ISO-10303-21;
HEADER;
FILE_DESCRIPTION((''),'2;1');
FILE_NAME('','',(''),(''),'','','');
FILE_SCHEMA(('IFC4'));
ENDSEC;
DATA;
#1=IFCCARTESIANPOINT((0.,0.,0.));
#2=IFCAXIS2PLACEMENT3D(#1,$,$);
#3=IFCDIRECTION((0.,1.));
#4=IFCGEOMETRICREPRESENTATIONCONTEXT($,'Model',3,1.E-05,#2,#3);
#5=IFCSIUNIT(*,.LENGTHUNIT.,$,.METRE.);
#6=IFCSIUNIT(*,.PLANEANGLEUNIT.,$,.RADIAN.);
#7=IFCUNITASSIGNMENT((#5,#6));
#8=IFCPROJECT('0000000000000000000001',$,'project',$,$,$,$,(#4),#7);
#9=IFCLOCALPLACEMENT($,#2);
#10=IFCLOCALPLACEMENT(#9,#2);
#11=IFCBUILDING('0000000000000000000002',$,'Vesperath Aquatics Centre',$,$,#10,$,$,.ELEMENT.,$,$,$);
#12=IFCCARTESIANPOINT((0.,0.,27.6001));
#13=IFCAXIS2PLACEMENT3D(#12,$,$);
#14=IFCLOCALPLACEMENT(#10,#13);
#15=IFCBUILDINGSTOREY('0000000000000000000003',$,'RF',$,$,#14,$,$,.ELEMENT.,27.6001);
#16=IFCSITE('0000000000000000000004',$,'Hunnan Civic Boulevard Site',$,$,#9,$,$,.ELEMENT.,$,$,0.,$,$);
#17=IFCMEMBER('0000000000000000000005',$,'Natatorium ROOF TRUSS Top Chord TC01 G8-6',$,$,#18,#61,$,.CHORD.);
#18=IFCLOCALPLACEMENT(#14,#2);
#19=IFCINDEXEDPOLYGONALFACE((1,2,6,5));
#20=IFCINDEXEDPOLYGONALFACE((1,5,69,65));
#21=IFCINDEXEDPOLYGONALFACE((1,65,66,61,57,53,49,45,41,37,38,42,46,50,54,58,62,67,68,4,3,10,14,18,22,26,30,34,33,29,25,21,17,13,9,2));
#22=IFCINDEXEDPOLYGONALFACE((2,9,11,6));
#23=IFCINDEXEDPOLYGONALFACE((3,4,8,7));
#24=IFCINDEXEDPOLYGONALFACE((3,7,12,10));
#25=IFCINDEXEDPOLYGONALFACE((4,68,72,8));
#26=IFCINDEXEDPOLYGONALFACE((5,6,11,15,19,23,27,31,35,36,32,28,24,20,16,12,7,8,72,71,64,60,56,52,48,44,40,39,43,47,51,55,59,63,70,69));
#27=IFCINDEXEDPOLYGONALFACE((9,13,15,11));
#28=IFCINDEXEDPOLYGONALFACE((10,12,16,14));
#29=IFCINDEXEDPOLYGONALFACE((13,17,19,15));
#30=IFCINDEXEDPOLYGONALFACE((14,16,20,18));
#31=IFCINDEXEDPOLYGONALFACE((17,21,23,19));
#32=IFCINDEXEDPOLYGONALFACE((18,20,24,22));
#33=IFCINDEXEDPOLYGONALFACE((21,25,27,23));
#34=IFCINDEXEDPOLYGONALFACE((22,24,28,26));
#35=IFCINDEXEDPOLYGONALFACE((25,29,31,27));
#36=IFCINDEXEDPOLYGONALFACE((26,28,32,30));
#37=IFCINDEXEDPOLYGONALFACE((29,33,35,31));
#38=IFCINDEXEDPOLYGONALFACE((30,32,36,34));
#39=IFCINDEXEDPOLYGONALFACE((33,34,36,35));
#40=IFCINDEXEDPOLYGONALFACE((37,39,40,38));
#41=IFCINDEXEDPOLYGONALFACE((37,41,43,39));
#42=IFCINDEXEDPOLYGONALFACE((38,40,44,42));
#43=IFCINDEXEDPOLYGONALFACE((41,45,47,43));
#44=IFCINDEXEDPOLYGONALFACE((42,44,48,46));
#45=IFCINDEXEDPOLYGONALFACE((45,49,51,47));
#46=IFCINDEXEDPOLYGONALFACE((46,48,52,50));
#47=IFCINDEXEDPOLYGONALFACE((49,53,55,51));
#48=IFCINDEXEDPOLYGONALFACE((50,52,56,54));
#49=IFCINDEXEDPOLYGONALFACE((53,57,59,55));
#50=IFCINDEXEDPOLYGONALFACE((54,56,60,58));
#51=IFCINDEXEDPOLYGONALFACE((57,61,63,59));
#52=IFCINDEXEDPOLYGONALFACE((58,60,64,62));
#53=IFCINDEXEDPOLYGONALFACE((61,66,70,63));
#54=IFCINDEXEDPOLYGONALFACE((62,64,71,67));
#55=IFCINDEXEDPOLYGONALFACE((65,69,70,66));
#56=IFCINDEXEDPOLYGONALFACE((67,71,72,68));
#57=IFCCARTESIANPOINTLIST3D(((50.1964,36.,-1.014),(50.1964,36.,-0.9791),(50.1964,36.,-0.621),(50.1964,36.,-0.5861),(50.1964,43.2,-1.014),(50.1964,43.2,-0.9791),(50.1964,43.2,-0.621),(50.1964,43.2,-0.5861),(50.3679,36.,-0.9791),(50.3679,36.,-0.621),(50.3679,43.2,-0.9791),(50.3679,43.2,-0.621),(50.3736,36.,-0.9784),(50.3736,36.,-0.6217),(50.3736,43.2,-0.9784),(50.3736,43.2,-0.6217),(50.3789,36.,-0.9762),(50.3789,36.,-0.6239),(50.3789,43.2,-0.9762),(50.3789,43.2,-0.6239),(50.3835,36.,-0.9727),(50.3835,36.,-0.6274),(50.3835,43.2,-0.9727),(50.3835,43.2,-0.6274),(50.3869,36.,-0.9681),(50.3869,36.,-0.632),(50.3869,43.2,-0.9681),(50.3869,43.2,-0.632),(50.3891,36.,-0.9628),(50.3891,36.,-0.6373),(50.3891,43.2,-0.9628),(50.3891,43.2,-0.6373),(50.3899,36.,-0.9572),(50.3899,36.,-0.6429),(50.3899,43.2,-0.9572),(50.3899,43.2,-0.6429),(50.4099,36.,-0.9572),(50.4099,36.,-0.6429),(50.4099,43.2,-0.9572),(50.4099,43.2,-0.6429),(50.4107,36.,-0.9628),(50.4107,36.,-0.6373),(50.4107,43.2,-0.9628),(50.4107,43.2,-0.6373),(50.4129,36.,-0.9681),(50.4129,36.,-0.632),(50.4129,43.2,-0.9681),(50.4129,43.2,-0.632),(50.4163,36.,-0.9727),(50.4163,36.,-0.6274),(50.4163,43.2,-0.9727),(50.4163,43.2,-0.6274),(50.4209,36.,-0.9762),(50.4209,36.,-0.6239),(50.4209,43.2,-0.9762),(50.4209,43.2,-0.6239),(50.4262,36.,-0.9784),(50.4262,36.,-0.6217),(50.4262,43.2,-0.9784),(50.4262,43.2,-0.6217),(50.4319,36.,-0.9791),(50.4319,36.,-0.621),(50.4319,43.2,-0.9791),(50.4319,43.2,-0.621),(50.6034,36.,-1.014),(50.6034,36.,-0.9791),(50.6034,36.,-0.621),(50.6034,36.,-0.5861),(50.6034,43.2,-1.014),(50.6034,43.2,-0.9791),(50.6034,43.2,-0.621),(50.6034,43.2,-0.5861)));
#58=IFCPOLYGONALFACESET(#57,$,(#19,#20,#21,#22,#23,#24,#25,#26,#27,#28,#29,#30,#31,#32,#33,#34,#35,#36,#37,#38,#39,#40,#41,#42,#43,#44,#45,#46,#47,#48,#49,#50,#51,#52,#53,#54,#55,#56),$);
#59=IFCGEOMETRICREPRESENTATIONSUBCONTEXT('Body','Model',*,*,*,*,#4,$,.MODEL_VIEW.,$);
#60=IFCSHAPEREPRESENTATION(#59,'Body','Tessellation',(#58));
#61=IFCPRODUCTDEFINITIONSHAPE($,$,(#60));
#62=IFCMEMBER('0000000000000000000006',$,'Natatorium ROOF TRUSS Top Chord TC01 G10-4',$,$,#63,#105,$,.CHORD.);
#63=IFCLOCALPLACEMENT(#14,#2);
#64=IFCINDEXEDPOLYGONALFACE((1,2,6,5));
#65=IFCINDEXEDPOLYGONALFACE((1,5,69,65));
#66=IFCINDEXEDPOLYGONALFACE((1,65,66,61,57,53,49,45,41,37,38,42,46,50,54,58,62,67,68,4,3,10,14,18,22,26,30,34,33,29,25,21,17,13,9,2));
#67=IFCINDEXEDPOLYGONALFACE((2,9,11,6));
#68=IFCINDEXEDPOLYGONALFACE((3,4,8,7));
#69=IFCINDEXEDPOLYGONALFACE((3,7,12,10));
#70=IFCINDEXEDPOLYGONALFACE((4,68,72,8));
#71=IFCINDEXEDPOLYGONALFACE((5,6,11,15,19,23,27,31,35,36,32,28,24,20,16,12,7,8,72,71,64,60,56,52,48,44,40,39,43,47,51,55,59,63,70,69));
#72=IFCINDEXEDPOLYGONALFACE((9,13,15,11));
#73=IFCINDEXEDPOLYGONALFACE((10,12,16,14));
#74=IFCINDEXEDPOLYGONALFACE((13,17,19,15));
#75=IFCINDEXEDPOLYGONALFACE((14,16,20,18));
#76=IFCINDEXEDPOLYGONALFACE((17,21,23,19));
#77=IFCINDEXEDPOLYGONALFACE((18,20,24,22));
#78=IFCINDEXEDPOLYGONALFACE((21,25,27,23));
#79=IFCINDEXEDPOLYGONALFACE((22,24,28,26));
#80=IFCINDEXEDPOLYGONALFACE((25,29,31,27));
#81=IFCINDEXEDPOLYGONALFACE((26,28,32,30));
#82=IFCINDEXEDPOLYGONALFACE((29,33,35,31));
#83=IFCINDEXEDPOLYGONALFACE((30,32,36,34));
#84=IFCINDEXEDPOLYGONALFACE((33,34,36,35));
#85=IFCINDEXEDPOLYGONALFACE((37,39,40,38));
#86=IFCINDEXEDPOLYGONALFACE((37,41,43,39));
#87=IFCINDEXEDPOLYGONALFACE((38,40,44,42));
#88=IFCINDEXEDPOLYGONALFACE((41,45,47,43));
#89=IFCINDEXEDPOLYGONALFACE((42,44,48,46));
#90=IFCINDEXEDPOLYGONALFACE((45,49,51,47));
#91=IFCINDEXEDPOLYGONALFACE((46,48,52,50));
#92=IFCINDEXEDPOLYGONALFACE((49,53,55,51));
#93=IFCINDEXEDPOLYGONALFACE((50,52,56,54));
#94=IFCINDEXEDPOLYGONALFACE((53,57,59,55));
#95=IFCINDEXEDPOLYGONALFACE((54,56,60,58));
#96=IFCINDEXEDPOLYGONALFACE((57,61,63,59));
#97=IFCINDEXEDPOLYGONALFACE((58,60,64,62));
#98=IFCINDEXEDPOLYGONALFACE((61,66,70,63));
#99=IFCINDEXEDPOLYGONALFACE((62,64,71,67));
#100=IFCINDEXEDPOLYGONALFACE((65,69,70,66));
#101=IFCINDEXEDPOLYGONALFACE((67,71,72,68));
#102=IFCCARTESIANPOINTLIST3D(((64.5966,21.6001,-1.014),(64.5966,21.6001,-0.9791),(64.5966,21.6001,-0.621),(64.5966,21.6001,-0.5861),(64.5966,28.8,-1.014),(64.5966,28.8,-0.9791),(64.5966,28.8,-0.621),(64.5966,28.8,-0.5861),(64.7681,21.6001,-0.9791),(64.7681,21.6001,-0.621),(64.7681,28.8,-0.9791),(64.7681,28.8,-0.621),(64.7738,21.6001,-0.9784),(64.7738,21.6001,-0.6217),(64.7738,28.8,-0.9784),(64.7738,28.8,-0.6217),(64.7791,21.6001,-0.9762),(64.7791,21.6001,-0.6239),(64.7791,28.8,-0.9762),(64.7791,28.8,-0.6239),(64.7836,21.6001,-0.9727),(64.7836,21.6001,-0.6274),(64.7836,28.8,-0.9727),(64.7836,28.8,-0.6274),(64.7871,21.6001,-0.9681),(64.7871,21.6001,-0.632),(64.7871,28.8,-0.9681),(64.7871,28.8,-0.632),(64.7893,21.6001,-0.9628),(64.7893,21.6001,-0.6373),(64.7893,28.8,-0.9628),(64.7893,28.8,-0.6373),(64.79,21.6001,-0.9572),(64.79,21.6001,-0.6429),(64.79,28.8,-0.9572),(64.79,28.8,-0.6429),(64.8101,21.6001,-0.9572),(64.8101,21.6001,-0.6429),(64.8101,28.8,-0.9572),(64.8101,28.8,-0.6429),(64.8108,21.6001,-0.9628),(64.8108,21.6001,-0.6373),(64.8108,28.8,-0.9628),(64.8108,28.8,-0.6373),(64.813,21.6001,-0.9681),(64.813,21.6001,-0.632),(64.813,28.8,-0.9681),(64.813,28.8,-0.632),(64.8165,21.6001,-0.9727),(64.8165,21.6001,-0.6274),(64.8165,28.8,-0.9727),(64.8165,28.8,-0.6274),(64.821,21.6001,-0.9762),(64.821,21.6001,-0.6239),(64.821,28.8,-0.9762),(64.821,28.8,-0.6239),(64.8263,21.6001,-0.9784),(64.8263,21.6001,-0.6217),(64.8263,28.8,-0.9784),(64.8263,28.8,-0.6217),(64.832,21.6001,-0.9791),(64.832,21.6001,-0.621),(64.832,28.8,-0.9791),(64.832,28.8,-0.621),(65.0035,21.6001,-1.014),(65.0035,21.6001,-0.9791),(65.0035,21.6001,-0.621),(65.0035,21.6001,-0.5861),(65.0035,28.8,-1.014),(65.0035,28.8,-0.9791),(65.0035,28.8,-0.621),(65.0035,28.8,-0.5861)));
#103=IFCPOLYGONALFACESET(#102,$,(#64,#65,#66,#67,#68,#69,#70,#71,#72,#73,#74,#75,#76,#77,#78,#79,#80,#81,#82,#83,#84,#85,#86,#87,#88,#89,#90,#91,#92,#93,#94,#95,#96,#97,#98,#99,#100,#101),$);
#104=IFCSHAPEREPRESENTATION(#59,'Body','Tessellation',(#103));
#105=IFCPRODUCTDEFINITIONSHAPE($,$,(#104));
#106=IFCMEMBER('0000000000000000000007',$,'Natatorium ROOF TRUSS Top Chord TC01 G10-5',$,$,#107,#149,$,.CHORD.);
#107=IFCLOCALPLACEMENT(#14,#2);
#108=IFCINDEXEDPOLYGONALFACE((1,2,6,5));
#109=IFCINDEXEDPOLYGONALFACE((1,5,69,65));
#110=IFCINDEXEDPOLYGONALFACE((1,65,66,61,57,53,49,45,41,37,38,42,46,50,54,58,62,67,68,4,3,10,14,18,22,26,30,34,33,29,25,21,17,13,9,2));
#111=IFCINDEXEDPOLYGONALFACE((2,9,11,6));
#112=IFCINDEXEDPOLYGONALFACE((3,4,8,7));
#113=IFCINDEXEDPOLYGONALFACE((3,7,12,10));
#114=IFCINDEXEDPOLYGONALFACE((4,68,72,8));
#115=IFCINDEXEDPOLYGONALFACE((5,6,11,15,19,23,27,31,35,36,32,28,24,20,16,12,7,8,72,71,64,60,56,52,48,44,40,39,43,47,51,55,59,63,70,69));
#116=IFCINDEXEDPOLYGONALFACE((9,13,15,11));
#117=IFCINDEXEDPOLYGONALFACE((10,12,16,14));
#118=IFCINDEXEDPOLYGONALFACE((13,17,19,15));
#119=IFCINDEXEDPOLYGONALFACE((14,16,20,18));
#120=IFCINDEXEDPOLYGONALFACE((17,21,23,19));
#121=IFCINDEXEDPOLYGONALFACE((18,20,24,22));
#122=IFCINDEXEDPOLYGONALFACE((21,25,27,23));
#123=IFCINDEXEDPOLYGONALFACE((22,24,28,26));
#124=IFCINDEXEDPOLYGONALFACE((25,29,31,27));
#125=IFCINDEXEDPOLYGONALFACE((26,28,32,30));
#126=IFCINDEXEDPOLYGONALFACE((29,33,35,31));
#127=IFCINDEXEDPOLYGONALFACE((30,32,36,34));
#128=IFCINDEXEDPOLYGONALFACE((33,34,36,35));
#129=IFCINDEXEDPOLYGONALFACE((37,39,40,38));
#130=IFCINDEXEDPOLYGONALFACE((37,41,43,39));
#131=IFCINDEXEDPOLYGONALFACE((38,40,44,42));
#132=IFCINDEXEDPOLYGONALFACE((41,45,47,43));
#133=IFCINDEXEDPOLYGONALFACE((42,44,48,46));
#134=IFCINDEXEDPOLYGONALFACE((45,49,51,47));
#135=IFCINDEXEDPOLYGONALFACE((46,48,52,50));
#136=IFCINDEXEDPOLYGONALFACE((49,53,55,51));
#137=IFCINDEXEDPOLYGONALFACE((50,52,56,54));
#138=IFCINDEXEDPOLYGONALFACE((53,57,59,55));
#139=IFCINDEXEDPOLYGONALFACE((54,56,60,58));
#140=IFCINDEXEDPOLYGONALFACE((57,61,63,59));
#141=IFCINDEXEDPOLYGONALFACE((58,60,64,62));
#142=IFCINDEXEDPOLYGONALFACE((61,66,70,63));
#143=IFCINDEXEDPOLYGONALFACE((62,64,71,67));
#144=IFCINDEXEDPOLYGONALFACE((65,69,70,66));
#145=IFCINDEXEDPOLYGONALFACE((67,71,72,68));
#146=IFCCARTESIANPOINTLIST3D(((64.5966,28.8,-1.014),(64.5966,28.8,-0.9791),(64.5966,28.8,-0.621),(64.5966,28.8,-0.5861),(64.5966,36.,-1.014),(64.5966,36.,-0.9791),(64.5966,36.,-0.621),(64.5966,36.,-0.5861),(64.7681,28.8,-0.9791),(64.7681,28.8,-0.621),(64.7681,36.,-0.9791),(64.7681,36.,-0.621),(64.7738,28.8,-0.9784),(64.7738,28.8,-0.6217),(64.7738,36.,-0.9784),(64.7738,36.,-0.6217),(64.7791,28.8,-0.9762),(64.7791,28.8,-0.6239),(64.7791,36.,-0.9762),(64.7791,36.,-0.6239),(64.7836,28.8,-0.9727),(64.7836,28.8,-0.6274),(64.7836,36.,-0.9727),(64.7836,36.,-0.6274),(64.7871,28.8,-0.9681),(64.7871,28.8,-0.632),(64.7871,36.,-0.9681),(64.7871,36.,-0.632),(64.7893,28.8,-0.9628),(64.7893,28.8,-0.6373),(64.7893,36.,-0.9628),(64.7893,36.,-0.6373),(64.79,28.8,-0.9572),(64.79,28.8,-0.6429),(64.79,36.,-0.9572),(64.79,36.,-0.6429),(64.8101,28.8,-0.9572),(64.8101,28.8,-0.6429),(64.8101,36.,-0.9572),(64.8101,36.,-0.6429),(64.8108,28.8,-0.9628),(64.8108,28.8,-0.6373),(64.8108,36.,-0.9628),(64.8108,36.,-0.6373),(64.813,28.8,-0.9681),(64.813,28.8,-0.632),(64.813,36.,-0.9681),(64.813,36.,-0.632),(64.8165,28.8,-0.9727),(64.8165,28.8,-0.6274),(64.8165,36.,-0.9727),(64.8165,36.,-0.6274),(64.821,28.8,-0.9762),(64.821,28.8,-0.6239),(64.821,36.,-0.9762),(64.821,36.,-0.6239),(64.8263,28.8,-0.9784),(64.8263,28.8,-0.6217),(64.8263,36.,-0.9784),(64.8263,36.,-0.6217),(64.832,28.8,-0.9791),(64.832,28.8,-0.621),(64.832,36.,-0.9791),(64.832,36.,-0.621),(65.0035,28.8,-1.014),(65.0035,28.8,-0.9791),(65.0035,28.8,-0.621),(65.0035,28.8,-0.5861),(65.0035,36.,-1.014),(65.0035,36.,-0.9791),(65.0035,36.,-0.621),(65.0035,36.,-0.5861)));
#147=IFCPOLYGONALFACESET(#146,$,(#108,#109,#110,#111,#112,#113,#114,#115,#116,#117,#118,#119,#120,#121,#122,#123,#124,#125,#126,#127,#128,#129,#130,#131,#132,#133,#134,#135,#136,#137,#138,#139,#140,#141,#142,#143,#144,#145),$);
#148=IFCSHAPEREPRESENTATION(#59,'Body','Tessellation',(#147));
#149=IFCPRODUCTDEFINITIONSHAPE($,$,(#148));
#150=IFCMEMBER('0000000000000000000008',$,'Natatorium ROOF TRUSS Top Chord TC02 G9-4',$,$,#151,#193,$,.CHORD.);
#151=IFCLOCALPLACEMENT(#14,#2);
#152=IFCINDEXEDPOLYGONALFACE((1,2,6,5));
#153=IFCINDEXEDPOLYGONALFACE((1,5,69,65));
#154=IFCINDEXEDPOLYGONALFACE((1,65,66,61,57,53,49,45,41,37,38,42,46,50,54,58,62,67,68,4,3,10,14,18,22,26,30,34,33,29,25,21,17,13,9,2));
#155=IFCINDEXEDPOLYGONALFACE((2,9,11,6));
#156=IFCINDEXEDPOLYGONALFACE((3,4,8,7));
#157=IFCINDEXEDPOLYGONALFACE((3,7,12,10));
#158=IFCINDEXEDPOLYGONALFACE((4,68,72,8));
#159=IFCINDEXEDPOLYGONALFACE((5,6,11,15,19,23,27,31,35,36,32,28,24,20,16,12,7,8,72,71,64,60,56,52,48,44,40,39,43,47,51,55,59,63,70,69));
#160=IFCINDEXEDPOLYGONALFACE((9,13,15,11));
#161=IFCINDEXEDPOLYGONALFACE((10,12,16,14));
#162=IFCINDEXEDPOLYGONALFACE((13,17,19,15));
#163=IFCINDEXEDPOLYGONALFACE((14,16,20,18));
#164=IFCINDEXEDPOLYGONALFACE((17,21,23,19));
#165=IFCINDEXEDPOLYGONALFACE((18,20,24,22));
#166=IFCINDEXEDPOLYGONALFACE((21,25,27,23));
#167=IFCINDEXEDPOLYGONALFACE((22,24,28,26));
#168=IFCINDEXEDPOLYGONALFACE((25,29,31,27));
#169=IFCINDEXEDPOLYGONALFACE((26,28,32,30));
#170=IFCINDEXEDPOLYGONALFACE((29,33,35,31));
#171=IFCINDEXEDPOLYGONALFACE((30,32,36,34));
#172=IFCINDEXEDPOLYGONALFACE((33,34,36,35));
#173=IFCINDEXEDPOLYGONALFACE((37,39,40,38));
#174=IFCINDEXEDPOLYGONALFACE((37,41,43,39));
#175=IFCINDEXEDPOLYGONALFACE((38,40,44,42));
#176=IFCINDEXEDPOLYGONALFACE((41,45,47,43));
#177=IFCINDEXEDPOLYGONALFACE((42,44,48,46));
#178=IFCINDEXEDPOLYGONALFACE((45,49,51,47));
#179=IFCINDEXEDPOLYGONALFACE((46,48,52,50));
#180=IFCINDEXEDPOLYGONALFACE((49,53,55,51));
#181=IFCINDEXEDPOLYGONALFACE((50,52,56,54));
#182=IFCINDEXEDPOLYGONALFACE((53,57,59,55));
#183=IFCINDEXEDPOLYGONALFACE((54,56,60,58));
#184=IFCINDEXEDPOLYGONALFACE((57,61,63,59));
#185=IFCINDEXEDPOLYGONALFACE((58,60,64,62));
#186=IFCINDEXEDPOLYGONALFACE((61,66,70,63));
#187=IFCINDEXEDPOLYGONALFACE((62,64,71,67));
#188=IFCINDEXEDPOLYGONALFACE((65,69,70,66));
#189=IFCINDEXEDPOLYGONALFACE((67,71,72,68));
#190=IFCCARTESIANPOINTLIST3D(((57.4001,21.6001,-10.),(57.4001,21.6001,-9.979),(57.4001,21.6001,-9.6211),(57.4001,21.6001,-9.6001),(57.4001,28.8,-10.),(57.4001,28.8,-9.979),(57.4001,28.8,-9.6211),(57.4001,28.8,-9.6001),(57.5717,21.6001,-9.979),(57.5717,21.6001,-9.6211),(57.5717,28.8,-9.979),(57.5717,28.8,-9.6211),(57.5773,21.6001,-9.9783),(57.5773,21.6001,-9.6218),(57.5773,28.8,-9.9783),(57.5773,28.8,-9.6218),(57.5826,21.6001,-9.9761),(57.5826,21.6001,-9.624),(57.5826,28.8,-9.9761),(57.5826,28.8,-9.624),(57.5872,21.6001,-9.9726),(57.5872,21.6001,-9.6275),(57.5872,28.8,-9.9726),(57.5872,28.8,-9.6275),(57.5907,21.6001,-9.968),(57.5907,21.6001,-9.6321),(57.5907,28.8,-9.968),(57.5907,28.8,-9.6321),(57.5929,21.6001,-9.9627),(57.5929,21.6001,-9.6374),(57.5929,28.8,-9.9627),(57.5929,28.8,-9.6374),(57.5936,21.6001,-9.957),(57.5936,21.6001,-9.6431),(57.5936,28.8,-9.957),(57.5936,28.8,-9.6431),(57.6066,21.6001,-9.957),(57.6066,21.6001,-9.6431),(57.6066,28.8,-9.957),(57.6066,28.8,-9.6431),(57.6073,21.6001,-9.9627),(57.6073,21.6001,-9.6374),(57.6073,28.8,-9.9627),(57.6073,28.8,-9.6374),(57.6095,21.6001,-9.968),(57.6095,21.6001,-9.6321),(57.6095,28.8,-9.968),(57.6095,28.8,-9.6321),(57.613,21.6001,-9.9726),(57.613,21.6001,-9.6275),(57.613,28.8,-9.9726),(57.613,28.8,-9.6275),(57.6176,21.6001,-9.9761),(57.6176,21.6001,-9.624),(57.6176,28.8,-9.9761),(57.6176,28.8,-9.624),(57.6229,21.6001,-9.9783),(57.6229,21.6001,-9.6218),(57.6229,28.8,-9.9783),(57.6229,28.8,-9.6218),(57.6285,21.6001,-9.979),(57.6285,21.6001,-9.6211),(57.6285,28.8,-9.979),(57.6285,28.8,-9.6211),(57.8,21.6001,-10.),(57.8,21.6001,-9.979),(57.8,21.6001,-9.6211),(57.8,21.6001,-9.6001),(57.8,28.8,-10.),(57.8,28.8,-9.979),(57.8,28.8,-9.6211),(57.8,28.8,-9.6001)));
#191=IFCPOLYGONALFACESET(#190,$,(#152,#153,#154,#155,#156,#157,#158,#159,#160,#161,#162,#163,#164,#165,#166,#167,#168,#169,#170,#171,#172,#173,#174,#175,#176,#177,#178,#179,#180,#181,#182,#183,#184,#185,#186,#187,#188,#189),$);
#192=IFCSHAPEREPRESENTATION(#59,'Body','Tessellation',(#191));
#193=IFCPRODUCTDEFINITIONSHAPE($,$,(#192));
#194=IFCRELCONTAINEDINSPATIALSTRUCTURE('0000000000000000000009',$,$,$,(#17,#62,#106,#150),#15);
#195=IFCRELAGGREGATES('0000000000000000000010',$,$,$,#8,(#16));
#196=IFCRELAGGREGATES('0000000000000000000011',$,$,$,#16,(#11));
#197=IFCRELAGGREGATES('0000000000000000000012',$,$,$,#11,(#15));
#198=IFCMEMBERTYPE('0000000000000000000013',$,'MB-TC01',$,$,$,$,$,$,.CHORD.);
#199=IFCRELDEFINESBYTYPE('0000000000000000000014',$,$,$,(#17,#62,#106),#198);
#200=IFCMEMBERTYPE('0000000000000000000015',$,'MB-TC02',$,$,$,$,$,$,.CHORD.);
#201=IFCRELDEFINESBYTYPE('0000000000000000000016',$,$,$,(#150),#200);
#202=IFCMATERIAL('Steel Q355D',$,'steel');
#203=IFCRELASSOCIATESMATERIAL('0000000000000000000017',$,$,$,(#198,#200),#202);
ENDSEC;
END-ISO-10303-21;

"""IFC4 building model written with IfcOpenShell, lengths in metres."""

from ifc_helpers import new_model, si_unit, direction, frame, origin, origin_2d, place, context, subcontext, project, spatial, i_section, extrude, material, material_profile, profile_set, type_object, element, save


model = new_model("IFC4")

# Units and contexts
model_context = context("Model", 3, precision=1e-05, world=origin(), true_north=direction((0.0, 1.0)))
body_context = subcontext(model_context, "Body", "Model", "MODEL_VIEW")
ifc_project = project(units=[si_unit("LENGTHUNIT", "METRE"), si_unit("PLANEANGLEUNIT", "RADIAN")], contexts=[model_context])

# Site, building, storey
site_placement = place(None, origin())
site = spatial("IfcSite", under=ifc_project, at=site_placement, Name="Hunnan Civic Boulevard Site", CompositionType="ELEMENT", RefElevation=0.0)
building_placement = place(site_placement, origin())
building = spatial("IfcBuilding", under=site, at=building_placement, Name="Vesperath Aquatics Centre", CompositionType="ELEMENT")
storey_placement = place(building_placement, frame((0.0, 0.0, 27.6001)))
storey = spatial("IfcBuildingStorey", under=building, at=storey_placement, Name="RF", CompositionType="ELEMENT", Elevation=27.6001)

# Members
ifc_material_1 = material(Name="Steel Q355D", Category="steel")
ifc_material_profile_1 = material_profile(ifc_material_1, i_section(OverallWidth=0.407, OverallDepth=0.428, WebThickness=0.02, FlangeThickness=0.0349, FilletRadius=0.022, at=origin_2d()), Name="HW 428x407x20x35")
ifc_profile_set_1 = profile_set([ifc_material_profile_1], Name="Steel Q355D")
member_type_1 = type_object("IfcMemberType", Name="MB-TC01", PredefinedType="CHORD", material=ifc_profile_set_1)
for number, where, z_axis, x_axis, name in (
    (1, (50.3999, 36.0, -0.8), (0.0, 1.0, 0.0), (-1.0, 0.0, 0.0), "Natatorium ROOF TRUSS Top Chord TC01 G8-6"),
    (2, (64.8, 21.6001, -0.8), (0.0, 1.0, 0.0), (-1.0, 0.0, 0.0), "Natatorium ROOF TRUSS Top Chord TC01 G10-4"),
    (3, (64.8, 28.8, -0.8), (0.0, 1.0, 0.0), (-1.0, 0.0, 0.0), "Natatorium ROOF TRUSS Top Chord TC01 G10-5"),
):
    element("IfcMember", number, at=place(storey_placement, frame(where, z_axis=z_axis, x_axis=x_axis)), inside=storey, type_object=member_type_1, Name=name, PredefinedType="CHORD", context=body_context, shape_type="SweptSolid", body=[
        extrude(i_section(OverallWidth=0.407, OverallDepth=0.428, WebThickness=0.02, FlangeThickness=0.0349, FilletRadius=0.022, at=origin_2d()), origin(), (0.0, 0.0, 1.0), 7.2),
    ])
ifc_material_profile_2 = material_profile(ifc_material_1, i_section(OverallWidth=0.3999, OverallDepth=0.3999, WebThickness=0.0129, FlangeThickness=0.021, FilletRadius=0.022, at=origin_2d()), Name="HW 400x400x13x21")
ifc_profile_set_2 = profile_set([ifc_material_profile_2], Name="Steel Q355D")
member_type_2 = type_object("IfcMemberType", Name="MB-TC02", PredefinedType="CHORD", material=ifc_profile_set_2)
for number, where, z_axis, x_axis, name in (
    (4, (57.6001, 21.6001, -9.8), (0.0, 1.0, 0.0), (-1.0, 0.0, 0.0), "Natatorium ROOF TRUSS Top Chord TC02 G9-4"),
):
    element("IfcMember", number, at=place(storey_placement, frame(where, z_axis=z_axis, x_axis=x_axis)), inside=storey, type_object=member_type_2, Name=name, PredefinedType="CHORD", context=body_context, shape_type="SweptSolid", body=[
        extrude(i_section(OverallWidth=0.3999, OverallDepth=0.3999, WebThickness=0.0129, FlangeThickness=0.021, FilletRadius=0.022, at=origin_2d()), origin(), (0.0, 0.0, 1.0), 7.2),
    ])

save(model, "model.ifc")
